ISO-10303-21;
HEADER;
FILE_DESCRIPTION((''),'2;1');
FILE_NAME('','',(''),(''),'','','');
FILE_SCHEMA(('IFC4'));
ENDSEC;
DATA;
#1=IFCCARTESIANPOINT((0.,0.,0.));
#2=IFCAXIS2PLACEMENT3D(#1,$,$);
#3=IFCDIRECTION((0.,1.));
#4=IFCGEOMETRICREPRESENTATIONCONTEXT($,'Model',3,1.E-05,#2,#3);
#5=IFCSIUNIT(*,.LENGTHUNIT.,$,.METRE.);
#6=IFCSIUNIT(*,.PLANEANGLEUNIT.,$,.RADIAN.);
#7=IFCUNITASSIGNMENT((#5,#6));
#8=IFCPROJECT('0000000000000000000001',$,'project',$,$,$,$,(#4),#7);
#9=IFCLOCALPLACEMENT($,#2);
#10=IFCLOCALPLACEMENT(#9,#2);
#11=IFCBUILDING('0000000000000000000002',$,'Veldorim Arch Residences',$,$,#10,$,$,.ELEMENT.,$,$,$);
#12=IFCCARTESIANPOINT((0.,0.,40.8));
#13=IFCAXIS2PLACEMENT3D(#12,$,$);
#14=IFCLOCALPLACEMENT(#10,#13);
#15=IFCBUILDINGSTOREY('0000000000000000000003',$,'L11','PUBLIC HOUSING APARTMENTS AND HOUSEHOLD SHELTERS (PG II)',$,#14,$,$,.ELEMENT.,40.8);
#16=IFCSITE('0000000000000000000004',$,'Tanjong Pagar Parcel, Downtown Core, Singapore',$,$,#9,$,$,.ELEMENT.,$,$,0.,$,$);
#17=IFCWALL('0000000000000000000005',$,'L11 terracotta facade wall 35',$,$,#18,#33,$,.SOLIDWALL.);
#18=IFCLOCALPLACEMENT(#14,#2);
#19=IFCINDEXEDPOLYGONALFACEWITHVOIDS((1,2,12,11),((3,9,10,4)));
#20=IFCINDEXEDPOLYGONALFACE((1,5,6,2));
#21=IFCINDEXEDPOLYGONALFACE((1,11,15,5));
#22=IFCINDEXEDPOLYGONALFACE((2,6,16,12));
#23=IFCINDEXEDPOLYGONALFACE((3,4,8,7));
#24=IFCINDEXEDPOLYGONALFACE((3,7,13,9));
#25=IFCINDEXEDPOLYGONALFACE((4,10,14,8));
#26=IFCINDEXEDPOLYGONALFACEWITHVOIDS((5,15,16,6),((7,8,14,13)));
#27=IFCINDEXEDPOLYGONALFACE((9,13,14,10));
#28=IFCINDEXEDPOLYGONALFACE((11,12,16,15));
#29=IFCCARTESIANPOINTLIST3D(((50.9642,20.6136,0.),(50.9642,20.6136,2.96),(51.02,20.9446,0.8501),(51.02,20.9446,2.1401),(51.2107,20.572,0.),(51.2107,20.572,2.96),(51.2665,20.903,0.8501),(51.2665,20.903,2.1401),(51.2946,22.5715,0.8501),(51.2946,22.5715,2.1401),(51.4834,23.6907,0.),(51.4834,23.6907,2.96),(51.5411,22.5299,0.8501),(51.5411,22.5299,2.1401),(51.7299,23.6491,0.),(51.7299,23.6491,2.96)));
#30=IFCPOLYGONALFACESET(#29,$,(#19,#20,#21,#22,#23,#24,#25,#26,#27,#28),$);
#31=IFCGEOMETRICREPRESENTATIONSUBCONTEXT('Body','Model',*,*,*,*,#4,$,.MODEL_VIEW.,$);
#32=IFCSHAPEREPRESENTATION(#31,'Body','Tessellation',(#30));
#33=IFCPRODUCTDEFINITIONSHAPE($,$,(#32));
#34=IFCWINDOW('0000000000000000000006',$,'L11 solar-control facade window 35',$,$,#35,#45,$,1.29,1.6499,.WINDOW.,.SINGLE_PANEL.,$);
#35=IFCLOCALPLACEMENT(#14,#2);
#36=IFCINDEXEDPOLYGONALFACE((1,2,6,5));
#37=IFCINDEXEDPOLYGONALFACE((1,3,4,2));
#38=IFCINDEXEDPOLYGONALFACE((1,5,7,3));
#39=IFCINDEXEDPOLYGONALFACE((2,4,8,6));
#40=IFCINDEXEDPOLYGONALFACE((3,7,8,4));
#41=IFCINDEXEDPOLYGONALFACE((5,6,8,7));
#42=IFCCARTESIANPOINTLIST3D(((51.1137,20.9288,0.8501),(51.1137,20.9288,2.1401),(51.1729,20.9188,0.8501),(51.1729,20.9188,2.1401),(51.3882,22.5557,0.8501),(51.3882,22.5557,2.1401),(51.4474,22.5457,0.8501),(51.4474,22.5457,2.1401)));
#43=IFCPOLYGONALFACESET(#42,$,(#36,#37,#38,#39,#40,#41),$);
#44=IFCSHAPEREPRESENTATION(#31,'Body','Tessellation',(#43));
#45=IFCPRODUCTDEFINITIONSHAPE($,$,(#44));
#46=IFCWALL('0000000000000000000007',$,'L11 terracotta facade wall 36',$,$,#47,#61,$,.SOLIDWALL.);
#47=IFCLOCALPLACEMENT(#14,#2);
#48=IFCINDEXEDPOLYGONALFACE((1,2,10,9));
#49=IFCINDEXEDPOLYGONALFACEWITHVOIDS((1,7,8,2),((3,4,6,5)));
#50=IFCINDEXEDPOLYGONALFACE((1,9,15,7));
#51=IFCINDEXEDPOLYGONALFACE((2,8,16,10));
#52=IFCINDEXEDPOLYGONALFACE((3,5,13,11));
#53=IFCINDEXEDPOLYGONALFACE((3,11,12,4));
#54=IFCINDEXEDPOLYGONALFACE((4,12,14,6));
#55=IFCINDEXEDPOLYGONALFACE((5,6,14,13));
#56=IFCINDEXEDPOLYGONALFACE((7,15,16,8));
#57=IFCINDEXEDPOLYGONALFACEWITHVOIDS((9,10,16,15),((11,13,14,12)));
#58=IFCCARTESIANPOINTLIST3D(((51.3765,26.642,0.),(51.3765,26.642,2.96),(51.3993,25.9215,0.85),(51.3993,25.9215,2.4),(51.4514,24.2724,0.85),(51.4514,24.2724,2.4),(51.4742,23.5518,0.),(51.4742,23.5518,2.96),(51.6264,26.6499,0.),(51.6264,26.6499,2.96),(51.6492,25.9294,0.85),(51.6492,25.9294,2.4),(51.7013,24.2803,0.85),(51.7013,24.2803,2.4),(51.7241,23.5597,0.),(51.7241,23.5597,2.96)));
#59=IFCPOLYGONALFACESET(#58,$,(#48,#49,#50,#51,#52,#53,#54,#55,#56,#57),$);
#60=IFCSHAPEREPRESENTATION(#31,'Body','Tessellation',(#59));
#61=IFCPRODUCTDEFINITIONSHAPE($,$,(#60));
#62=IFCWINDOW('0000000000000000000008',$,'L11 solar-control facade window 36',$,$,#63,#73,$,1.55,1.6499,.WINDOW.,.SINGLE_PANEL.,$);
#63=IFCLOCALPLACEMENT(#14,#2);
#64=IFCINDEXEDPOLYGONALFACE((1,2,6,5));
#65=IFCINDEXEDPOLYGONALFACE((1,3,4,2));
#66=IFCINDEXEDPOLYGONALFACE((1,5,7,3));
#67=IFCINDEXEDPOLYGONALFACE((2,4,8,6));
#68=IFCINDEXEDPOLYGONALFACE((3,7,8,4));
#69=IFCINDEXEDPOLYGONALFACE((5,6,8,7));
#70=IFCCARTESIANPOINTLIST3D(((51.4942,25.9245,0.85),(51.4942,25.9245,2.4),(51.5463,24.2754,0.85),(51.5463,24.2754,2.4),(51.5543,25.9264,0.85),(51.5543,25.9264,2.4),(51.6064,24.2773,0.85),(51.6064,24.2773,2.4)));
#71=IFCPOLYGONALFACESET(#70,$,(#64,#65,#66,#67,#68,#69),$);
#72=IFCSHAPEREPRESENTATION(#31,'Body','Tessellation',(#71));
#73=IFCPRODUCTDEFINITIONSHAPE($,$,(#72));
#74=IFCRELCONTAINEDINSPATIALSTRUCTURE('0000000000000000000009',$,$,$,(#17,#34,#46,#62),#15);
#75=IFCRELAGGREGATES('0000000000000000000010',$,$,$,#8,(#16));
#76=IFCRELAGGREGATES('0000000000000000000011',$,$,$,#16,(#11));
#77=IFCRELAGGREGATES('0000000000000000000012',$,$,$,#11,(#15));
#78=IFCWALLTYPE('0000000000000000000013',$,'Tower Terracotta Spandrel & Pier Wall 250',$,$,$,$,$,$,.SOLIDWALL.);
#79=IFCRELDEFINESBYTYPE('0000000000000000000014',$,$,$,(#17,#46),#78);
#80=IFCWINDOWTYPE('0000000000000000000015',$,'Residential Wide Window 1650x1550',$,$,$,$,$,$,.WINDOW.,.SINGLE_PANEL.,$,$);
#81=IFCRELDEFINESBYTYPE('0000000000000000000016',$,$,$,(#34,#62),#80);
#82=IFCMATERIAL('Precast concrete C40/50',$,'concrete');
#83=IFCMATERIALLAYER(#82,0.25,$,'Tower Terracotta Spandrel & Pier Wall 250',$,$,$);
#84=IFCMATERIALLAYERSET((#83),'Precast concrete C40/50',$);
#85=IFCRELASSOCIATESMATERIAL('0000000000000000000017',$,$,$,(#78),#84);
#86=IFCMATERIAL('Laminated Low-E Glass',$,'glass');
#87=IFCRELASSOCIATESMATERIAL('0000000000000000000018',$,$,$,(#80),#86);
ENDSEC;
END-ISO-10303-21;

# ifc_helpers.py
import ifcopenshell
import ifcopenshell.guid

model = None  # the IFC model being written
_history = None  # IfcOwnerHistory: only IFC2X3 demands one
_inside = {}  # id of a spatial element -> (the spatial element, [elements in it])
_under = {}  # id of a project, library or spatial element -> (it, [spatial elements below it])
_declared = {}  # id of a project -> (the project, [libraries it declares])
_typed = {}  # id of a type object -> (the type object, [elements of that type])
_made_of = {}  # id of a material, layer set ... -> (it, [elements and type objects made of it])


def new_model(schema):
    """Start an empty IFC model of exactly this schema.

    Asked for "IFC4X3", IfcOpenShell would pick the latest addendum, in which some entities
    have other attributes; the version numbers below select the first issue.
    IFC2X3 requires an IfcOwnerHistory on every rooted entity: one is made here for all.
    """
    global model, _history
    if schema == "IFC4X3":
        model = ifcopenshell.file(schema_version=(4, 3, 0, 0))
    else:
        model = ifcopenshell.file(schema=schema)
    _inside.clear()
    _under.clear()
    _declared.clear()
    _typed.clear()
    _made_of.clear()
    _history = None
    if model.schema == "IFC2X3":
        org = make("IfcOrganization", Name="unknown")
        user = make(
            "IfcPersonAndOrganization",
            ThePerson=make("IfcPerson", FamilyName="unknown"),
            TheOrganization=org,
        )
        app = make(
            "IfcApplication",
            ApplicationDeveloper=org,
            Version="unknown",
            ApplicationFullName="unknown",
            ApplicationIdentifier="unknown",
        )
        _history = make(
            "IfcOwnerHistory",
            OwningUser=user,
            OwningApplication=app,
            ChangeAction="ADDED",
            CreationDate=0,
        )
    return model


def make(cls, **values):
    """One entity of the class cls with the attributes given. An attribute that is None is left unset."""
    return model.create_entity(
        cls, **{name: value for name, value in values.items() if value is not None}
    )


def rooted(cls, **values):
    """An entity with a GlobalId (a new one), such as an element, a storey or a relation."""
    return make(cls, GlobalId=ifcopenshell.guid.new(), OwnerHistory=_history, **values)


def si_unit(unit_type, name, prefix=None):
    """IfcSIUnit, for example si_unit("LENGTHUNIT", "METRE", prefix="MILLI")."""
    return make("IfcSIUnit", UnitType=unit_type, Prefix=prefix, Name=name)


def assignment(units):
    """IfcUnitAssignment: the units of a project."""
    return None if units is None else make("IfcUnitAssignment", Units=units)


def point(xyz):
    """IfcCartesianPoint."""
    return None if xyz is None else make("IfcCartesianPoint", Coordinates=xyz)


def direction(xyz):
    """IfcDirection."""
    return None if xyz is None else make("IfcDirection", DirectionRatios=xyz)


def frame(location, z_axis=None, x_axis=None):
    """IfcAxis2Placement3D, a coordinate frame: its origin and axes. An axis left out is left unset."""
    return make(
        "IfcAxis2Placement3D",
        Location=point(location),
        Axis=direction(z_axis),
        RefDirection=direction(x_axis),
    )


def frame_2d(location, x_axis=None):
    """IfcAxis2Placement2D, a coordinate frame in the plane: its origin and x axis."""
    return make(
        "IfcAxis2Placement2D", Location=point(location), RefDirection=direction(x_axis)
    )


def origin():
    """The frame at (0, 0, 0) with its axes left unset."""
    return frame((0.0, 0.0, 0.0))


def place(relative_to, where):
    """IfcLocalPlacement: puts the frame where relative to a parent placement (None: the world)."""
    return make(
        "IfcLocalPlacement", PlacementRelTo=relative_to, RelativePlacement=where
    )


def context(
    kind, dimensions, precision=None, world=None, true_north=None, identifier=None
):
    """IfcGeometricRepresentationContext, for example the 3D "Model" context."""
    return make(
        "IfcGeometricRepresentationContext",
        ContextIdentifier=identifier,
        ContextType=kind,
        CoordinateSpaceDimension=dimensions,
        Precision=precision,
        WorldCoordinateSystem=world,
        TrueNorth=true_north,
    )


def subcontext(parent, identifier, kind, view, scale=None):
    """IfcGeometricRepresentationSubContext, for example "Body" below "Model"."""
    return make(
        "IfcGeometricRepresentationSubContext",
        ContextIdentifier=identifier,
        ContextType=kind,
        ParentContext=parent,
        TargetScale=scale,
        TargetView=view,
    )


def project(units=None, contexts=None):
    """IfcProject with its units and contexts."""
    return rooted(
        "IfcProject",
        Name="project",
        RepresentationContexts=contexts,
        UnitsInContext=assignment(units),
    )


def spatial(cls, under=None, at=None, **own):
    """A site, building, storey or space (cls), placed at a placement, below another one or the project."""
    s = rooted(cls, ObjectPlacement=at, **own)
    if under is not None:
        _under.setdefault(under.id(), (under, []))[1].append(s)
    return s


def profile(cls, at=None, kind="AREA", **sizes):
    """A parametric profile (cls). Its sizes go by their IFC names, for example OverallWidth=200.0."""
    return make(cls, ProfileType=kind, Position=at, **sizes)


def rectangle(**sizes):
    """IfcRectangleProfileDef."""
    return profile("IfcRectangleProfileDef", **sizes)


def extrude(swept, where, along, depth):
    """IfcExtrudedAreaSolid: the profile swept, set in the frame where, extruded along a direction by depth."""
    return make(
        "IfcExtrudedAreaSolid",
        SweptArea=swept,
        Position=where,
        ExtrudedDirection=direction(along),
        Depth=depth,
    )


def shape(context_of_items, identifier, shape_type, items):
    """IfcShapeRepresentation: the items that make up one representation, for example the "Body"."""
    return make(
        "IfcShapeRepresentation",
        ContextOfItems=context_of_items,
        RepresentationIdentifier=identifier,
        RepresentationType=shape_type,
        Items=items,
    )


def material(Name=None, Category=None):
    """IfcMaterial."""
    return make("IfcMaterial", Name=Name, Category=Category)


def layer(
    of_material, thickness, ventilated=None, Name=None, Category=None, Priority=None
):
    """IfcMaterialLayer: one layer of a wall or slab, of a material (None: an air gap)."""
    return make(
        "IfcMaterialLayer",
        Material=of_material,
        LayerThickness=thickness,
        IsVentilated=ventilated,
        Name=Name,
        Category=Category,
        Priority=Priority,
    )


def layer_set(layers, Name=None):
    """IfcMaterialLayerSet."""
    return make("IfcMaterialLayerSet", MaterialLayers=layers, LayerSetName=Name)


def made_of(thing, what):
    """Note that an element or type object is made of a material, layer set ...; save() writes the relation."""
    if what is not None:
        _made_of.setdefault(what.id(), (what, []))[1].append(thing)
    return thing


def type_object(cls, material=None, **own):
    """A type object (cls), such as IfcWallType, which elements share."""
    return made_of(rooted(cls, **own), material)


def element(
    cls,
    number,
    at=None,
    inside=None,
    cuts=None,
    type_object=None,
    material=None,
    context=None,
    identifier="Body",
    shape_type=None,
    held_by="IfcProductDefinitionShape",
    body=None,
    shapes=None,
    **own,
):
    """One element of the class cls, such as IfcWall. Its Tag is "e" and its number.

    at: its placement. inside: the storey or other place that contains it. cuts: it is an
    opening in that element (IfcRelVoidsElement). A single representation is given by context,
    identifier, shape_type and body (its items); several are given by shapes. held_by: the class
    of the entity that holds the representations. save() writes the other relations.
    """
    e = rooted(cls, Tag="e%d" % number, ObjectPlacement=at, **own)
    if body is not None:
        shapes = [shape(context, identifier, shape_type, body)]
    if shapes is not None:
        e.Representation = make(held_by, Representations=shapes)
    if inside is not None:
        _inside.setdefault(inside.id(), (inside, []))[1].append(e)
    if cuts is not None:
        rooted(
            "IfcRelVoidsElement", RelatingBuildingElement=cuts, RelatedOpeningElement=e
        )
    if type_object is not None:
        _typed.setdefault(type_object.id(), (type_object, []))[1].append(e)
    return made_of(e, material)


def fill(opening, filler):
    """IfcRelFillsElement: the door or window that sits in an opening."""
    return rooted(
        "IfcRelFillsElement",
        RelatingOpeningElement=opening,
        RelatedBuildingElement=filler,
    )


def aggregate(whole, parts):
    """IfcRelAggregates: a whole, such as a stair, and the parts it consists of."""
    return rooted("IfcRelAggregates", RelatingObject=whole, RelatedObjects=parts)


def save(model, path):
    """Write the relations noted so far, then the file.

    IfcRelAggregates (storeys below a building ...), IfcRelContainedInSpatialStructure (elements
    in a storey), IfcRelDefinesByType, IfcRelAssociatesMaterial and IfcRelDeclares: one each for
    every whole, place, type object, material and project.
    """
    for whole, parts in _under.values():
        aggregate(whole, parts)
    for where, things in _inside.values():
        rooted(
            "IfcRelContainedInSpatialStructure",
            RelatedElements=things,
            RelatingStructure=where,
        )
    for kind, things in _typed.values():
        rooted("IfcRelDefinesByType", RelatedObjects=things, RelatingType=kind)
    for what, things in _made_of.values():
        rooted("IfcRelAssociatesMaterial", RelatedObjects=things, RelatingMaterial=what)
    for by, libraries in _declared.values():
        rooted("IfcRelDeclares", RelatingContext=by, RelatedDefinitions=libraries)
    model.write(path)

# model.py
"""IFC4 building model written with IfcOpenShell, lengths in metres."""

from ifc_helpers import new_model, si_unit, direction, frame, frame_2d, origin, place, context, subcontext, project, spatial, rectangle, extrude, material, layer, layer_set, type_object, element, fill, save


model = new_model("IFC4")

# Units and contexts
model_context = context("Model", 3, precision=1e-05, world=origin(), true_north=direction((0.0, 1.0)))
body_context = subcontext(model_context, "Body", "Model", "MODEL_VIEW")
ifc_project = project(units=[si_unit("LENGTHUNIT", "METRE"), si_unit("PLANEANGLEUNIT", "RADIAN")], contexts=[model_context])

# Site, building, storey
site_placement = place(None, origin())
site = spatial("IfcSite", under=ifc_project, at=site_placement, Name="Tanjong Pagar Parcel, Downtown Core, Singapore", CompositionType="ELEMENT", RefElevation=0.0)
building_placement = place(site_placement, origin())
building = spatial("IfcBuilding", under=site, at=building_placement, Name="Veldorim Arch Residences", CompositionType="ELEMENT")
storey_placement = place(building_placement, frame((0.0, 0.0, 40.8)))
storey = spatial("IfcBuildingStorey", under=building, at=storey_placement, Name="L11", Description="PUBLIC HOUSING APARTMENTS AND HOUSEHOLD SHELTERS (PG II)", CompositionType="ELEMENT", Elevation=40.8)

# Walls, openings, windows
ifc_material_1 = material(Name="Precast concrete C40/50", Category="concrete")
ifc_layer_1 = layer(ifc_material_1, 0.25, Name="Tower Terracotta Spandrel & Pier Wall 250")
ifc_layer_set_1 = layer_set([ifc_layer_1], Name="Precast concrete C40/50")
wall_type_1 = type_object("IfcWallType", Name="Tower Terracotta Spandrel & Pier Wall 250", PredefinedType="SOLIDWALL", material=ifc_layer_set_1)
wall_1_placement = place(storey_placement, frame((51.6067, 23.6699, 0.0), z_axis=(0.0, 0.0, 1.0), x_axis=(-0.166403, -0.986058, 0.0)))
wall_1 = element("IfcWall", 1, at=wall_1_placement, inside=storey, type_object=wall_type_1, Name="L11 terracotta facade wall 35", PredefinedType="SOLIDWALL", context=body_context, shape_type="SweptSolid", body=[
    extrude(rectangle(XDim=3.1206, YDim=0.25, at=frame_2d((1.5603, 0.0))), origin(), (0.0, 0.0, 1.0), 2.96),
])
opening_1_placement = place(wall_1_placement, frame((1.135, 0.0, 0.8501)))
opening_1 = element("IfcOpeningElement", 2, at=opening_1_placement, cuts=wall_1, PredefinedType="OPENING", context=body_context, shape_type="SweptSolid", body=[
    extrude(rectangle(XDim=1.6499, YDim=1.29, at=frame_2d((0.825, 0.645))), frame((0.0, 0.135, 0.0), z_axis=(0.0, -1.0, 0.0), x_axis=(1.0, 0.0, 0.0)), (0.0, 0.0, 1.0), 0.27),
])
ifc_material_2 = material(Name="Laminated Low-E Glass", Category="glass")
window_type = type_object("IfcWindowType", Name="Residential Wide Window 1650x1550", PartitioningType="SINGLE_PANEL", PredefinedType="WINDOW", material=ifc_material_2)
window_1_placement = place(opening_1_placement, origin())
window_1 = element("IfcWindow", 3, at=window_1_placement, inside=storey, type_object=window_type, Name="L11 solar-control facade window 35", OverallHeight=1.29, OverallWidth=1.6499, PartitioningType="SINGLE_PANEL", PredefinedType="WINDOW", context=body_context, shape_type="SweptSolid", body=[
    extrude(rectangle(XDim=1.6499, YDim=1.29, at=frame_2d((0.825, 0.645))), frame((0.0, 0.03, 0.0), z_axis=(0.0, -1.0, 0.0), x_axis=(1.0, 0.0, 0.0)), (0.0, 0.0, 1.0), 0.0601),
])
fill(opening_1, window_1)
wall_2_placement = place(storey_placement, frame((51.5015, 26.646, 0.0), z_axis=(0.0, 0.0, 1.0), x_axis=(0.031585, -0.999501, 0.0)))
wall_2 = element("IfcWall", 4, at=wall_2_placement, inside=storey, type_object=wall_type_1, Name="L11 terracotta facade wall 36", PredefinedType="SOLIDWALL", context=body_context, shape_type="SweptSolid", body=[
    extrude(rectangle(XDim=3.0918, YDim=0.25, at=frame_2d((1.5459, 0.0))), origin(), (0.0, 0.0, 1.0), 2.96),
])
opening_2_placement = place(wall_2_placement, frame((0.7209, 0.0, 0.8501)))
opening_2 = element("IfcOpeningElement", 5, at=opening_2_placement, cuts=wall_2, PredefinedType="OPENING", context=body_context, shape_type="SweptSolid", body=[
    extrude(rectangle(XDim=1.6499, YDim=1.55, at=frame_2d((0.825, 0.7749))), frame((0.0, 0.135, 0.0), z_axis=(0.0, -1.0, 0.0), x_axis=(1.0, 0.0, 0.0)), (0.0, 0.0, 1.0), 0.27),
])
window_2_placement = place(opening_2_placement, origin())
window_2 = element("IfcWindow", 6, at=window_2_placement, inside=storey, type_object=window_type, Name="L11 solar-control facade window 36", OverallHeight=1.55, OverallWidth=1.6499, PartitioningType="SINGLE_PANEL", PredefinedType="WINDOW", context=body_context, shape_type="SweptSolid", body=[
    extrude(rectangle(XDim=1.6499, YDim=1.55, at=frame_2d((0.825, 0.7749))), frame((0.0, 0.03, 0.0), z_axis=(0.0, -1.0, 0.0), x_axis=(1.0, 0.0, 0.0)), (0.0, 0.0, 1.0), 0.0601),
])
fill(opening_2, window_2)

save(model, "model.ifc")
